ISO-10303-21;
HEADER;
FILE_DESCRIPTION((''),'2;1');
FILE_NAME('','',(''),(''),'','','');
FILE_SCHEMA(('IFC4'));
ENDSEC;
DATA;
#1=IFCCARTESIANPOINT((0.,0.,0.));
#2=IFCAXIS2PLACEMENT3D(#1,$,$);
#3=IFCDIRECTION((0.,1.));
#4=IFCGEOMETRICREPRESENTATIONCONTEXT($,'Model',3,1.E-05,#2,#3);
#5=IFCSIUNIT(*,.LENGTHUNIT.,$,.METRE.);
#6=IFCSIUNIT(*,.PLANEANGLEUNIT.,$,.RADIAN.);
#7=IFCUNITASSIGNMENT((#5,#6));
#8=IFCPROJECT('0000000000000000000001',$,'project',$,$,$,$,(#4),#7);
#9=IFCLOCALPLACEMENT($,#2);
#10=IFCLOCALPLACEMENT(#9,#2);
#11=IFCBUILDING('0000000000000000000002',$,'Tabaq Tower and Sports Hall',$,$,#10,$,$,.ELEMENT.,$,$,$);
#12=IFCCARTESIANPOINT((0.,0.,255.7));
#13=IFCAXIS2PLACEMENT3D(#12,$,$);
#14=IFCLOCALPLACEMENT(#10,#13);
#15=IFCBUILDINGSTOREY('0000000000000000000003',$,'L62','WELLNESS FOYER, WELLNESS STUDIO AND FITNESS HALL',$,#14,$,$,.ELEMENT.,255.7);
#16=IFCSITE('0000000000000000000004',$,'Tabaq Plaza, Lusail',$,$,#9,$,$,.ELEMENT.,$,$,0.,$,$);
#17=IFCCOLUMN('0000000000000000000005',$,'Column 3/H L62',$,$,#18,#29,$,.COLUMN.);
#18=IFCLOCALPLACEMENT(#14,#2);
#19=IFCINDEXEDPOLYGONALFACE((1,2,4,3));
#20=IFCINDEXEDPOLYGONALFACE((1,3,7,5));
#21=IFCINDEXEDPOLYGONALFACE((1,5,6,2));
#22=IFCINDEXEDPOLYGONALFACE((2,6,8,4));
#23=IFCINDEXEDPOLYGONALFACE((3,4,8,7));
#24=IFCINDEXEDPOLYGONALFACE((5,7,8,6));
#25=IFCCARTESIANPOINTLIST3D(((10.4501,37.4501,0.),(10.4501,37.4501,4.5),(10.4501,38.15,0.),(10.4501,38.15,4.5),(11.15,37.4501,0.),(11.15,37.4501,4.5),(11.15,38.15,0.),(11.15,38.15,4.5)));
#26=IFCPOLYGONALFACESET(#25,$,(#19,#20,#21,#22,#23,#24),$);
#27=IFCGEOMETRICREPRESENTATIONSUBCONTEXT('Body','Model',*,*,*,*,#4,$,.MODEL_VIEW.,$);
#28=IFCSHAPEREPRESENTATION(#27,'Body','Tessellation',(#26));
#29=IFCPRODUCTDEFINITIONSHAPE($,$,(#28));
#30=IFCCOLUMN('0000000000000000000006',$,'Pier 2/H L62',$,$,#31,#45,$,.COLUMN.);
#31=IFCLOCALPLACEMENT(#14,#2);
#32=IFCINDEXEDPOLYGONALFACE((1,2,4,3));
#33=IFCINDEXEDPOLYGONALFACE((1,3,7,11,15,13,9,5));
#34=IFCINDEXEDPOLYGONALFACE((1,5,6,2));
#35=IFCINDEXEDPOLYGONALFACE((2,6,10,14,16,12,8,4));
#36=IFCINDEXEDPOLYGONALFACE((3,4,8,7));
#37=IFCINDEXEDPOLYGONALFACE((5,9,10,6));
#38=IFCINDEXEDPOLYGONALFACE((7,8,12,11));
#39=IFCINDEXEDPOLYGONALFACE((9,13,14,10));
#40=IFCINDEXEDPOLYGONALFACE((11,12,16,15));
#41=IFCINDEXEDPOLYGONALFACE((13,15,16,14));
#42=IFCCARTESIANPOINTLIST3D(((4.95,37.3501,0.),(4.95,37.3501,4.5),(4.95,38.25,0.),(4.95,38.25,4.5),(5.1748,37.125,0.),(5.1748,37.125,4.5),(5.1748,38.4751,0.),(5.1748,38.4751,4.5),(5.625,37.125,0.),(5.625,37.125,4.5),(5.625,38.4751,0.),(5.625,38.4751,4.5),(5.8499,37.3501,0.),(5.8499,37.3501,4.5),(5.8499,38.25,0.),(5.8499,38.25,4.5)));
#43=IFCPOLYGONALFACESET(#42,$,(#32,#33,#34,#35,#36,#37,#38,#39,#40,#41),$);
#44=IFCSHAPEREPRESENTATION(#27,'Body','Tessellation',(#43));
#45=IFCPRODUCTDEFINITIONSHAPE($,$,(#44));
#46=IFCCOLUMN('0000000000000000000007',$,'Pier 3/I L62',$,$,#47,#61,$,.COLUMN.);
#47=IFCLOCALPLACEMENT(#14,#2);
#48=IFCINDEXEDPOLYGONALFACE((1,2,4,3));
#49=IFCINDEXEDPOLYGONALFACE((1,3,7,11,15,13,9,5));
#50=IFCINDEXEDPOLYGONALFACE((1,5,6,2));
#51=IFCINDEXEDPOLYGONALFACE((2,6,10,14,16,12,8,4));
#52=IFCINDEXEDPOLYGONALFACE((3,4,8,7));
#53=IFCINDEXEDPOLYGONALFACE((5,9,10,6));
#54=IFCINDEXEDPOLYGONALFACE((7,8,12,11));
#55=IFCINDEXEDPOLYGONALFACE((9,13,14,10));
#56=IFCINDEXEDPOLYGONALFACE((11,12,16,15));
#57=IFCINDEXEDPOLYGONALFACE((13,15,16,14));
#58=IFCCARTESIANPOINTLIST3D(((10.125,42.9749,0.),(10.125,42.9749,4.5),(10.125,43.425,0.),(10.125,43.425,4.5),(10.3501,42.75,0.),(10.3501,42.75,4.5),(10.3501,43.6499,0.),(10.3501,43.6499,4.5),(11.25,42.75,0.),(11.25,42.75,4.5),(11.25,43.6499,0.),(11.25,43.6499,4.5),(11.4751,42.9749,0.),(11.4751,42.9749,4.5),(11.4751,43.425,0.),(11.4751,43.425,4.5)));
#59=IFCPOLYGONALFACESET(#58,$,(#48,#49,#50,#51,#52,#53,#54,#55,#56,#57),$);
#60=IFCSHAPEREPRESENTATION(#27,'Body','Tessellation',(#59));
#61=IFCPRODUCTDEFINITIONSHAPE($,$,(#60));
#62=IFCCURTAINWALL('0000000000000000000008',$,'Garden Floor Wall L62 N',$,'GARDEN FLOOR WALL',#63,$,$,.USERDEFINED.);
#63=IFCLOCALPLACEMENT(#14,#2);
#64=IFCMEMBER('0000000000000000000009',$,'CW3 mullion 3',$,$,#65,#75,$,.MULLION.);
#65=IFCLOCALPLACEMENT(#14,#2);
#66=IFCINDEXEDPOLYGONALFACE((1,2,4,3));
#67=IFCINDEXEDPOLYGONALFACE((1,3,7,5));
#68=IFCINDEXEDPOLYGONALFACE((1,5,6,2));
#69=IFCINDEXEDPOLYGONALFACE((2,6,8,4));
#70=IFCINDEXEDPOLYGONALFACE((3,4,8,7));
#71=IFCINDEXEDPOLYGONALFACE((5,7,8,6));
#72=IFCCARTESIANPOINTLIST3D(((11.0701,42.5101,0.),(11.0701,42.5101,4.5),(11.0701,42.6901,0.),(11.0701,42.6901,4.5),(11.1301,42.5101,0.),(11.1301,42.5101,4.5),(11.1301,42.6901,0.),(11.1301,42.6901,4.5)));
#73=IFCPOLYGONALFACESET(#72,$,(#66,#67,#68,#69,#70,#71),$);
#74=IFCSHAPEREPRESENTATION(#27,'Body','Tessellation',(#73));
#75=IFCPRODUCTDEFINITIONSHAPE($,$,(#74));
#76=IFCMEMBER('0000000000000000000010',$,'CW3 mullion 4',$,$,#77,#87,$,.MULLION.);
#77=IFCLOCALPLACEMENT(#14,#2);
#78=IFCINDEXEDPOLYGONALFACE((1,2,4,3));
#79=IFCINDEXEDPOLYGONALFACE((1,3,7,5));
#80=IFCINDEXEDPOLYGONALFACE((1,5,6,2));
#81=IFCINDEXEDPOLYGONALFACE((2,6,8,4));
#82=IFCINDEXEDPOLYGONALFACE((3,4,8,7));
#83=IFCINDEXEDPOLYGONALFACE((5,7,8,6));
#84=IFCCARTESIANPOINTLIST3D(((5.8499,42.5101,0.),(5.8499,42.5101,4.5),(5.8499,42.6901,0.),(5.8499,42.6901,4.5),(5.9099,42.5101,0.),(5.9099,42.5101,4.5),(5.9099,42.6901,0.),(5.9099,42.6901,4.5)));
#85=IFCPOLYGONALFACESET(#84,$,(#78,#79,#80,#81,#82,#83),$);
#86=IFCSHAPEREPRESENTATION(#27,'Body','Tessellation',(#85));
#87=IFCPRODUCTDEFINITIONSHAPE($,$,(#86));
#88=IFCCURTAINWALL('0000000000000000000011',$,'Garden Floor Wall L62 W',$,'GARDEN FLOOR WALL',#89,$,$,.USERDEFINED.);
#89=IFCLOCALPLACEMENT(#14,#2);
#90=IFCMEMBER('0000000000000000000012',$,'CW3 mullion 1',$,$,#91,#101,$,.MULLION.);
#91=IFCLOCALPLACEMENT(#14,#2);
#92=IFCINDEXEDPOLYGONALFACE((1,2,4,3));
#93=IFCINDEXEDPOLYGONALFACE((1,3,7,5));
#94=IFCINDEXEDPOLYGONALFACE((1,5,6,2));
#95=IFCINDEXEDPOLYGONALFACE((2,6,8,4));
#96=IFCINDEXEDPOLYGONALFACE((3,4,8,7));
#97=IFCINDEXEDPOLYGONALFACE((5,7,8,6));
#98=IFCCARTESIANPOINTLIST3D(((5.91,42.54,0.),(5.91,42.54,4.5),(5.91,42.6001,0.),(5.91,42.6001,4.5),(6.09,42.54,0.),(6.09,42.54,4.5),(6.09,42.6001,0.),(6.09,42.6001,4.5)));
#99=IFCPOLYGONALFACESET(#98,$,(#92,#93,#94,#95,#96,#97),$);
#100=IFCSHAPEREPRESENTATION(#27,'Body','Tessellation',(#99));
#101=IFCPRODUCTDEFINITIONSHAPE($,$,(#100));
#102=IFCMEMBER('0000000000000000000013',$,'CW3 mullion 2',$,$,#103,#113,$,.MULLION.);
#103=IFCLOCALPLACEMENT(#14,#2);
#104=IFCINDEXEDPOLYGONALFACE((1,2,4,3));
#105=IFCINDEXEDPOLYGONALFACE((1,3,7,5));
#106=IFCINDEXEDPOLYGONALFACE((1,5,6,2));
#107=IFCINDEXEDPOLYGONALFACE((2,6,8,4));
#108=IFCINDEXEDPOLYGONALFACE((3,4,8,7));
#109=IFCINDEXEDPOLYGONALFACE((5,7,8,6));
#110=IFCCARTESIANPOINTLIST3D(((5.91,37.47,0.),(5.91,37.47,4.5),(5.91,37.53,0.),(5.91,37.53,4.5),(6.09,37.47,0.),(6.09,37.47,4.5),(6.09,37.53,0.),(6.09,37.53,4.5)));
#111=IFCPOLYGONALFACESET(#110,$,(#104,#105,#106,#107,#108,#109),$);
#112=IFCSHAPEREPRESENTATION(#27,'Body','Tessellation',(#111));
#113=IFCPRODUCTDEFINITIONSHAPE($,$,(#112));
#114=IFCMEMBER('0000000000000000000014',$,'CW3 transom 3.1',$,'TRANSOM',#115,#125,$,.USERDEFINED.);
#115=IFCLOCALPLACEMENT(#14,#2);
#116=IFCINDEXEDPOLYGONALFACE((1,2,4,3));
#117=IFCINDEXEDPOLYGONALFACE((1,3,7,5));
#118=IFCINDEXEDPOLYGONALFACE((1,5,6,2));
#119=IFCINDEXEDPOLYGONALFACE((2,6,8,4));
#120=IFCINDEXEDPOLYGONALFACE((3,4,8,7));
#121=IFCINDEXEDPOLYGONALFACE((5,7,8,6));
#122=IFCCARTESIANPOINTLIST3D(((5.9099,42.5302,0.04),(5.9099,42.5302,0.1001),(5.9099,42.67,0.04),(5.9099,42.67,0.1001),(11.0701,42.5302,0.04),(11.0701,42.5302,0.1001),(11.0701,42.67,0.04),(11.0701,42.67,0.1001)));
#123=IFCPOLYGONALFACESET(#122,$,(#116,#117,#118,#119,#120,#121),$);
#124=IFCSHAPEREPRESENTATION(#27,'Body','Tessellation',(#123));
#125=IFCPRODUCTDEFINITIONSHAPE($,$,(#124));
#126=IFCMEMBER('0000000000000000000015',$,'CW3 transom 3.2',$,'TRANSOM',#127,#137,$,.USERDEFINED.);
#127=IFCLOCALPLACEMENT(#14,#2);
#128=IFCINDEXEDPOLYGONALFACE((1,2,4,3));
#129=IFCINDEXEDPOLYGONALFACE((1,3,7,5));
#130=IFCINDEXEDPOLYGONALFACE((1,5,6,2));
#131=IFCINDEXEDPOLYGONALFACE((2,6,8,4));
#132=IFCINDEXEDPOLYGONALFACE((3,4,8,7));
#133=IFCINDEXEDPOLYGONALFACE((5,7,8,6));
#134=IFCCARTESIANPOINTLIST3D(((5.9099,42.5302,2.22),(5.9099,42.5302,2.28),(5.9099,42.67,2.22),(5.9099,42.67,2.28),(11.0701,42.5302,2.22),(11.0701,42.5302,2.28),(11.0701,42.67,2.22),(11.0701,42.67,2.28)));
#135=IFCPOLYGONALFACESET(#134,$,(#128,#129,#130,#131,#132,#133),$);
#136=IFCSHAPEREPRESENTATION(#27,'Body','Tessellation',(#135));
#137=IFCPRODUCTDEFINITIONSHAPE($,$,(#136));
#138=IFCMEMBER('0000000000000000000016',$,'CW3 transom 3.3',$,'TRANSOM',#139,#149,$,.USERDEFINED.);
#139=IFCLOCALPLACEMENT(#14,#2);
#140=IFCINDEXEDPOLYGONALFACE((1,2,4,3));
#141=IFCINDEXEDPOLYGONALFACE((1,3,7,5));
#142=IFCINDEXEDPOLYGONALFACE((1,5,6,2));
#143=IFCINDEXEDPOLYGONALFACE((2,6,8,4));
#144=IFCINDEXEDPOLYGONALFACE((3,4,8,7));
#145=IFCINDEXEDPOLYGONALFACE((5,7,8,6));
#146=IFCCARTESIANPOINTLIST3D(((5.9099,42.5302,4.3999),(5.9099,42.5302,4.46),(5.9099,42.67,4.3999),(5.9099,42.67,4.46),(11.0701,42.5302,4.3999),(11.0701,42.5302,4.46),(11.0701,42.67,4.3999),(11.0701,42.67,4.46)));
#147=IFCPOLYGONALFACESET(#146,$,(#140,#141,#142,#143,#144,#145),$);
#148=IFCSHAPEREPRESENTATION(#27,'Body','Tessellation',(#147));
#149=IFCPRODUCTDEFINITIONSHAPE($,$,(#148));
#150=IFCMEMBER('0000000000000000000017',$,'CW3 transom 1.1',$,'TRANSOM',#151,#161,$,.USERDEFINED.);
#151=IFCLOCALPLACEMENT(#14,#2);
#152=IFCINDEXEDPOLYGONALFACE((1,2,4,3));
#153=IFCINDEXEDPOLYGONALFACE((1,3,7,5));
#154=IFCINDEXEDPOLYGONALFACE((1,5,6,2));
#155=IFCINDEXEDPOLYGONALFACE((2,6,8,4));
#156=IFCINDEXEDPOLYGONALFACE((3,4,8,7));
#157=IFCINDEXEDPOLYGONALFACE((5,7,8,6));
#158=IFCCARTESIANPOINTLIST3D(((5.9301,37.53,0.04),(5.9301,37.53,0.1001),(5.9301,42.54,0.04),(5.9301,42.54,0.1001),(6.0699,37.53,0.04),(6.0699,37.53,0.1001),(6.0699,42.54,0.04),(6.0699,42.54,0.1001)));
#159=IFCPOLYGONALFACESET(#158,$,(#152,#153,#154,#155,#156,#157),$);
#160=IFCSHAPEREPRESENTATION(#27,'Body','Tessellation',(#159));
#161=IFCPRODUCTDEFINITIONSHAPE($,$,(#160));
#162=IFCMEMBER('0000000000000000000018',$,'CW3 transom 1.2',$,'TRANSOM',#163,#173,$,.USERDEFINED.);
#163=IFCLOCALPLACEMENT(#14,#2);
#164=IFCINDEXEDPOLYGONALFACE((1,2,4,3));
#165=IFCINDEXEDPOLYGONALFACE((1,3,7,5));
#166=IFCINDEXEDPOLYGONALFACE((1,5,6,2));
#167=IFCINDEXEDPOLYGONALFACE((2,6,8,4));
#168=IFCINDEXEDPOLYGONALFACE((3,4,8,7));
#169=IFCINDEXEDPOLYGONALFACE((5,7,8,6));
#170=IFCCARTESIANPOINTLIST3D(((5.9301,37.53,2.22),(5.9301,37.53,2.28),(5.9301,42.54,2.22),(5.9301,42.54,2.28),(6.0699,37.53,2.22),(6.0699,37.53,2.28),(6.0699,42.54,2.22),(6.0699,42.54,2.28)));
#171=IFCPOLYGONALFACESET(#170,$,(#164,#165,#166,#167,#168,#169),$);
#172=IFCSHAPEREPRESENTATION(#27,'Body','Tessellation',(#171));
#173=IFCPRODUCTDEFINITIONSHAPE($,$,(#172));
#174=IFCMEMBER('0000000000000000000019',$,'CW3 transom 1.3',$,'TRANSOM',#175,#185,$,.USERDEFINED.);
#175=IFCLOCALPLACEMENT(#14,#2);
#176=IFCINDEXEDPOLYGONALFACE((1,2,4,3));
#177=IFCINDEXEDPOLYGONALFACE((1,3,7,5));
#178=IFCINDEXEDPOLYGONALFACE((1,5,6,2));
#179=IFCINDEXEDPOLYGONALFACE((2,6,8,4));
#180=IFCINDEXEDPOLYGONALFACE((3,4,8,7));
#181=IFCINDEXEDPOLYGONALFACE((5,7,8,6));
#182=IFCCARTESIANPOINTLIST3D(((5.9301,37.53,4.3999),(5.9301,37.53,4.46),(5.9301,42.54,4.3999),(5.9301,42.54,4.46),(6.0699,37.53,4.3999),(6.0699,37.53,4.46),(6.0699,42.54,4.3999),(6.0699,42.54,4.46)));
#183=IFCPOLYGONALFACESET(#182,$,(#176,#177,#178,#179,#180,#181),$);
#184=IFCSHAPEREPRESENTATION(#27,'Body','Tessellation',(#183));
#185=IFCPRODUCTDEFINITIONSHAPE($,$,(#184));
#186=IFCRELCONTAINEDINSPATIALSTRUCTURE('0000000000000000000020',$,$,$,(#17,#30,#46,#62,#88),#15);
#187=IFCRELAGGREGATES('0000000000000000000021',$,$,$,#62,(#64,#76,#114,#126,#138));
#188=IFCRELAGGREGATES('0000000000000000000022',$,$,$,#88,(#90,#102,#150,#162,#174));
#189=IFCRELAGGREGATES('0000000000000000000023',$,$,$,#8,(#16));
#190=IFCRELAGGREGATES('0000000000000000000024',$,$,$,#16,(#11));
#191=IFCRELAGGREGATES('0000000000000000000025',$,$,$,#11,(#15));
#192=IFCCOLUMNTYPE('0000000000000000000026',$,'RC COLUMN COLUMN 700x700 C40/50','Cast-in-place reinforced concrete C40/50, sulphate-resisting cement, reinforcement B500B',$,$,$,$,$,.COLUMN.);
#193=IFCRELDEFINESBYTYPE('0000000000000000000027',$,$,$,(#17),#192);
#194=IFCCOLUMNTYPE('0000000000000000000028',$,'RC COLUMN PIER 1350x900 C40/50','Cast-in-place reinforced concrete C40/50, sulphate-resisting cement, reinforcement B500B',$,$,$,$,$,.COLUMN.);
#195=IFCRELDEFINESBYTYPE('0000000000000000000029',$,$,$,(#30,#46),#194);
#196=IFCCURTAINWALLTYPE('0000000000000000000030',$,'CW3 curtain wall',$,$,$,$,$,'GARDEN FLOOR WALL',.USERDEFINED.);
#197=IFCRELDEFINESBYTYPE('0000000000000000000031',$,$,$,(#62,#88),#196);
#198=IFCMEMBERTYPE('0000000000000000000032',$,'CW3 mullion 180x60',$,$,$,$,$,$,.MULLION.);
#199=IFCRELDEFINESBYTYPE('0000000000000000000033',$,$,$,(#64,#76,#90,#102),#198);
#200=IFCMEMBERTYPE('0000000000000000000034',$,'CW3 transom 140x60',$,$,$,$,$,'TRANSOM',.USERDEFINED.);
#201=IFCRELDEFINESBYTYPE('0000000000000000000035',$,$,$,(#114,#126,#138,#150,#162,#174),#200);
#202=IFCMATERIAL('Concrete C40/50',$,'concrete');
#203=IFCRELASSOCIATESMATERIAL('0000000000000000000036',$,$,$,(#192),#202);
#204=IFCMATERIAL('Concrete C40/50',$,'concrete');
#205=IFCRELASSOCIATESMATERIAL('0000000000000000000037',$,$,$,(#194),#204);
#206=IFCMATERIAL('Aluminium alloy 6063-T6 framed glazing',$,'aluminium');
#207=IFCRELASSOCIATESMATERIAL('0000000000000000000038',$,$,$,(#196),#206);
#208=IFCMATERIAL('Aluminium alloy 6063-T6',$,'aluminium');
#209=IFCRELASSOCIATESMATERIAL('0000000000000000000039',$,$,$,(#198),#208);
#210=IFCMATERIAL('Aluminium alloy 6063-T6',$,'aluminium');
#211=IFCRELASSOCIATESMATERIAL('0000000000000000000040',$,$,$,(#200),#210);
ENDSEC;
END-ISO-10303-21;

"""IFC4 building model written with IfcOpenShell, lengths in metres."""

from ifc_helpers import new_model, si_unit, direction, frame, origin, origin_2d, place, context, subcontext, project, spatial, polyline, rectangle, outline, extrude, material, material_profile, profile_set, type_object, element, aggregate, save


model = new_model("IFC4")

# Units and contexts
model_context = context("Model", 3, precision=1e-05, world=origin(), true_north=direction((0.0, 1.0)))
body_context = subcontext(model_context, "Body", "Model", "MODEL_VIEW")
ifc_project = project(units=[si_unit("LENGTHUNIT", "METRE"), si_unit("PLANEANGLEUNIT", "RADIAN")], contexts=[model_context])

# Site, building, storey
site_placement = place(None, origin())
site = spatial("IfcSite", under=ifc_project, at=site_placement, Name="Tabaq Plaza, Lusail", CompositionType="ELEMENT", RefElevation=0.0)
building_placement = place(site_placement, origin())
building = spatial("IfcBuilding", under=site, at=building_placement, Name="Tabaq Tower and Sports Hall", CompositionType="ELEMENT")
storey_placement = place(building_placement, frame((0.0, 0.0, 255.7)))
storey = spatial("IfcBuildingStorey", under=building, at=storey_placement, Name="L62", Description="WELLNESS FOYER, WELLNESS STUDIO AND FITNESS HALL", CompositionType="ELEMENT", Elevation=255.7)

# Columns
ifc_material_1 = material(Name="Concrete C40/50", Category="concrete")
ifc_material_profile_1 = material_profile(ifc_material_1, rectangle(XDim=0.7, YDim=0.7, at=origin_2d()), Name="COLUMN 700x700")
ifc_profile_set_1 = profile_set([ifc_material_profile_1], Name="Concrete C40/50")
column_type_1 = type_object("IfcColumnType", Name="RC COLUMN COLUMN 700x700 C40/50", Description="Cast-in-place reinforced concrete C40/50, sulphate-resisting cement, reinforcement B500B", PredefinedType="COLUMN", material=ifc_profile_set_1)
column_placement = place(storey_placement, frame((10.8, 37.8, 0.0), z_axis=(0.0, 0.0, 1.0), x_axis=(1.0, 0.0, 0.0)))
element("IfcColumn", 1, at=column_placement, inside=storey, type_object=column_type_1, Name="Column 3/H L62", PredefinedType="COLUMN", context=body_context, shape_type="SweptSolid", body=[
    extrude(rectangle(XDim=0.7, YDim=0.7, at=origin_2d()), origin(), (0.0, 0.0, 1.0), 4.5),
])
ifc_material_2 = material(Name="Concrete C40/50", Category="concrete")
ifc_material_profile_2 = material_profile(ifc_material_2, outline(polyline([(-0.45, -0.45), (0.45, -0.45), (0.675, -0.2251), (0.675, 0.2251), (0.45, 0.45), (-0.45, 0.45), (-0.675, 0.2251), (-0.675, -0.2251), (-0.45, -0.45)])), Name="PIER 1350x900")
ifc_profile_set_2 = profile_set([ifc_material_profile_2], Name="Concrete C40/50")
column_type_2 = type_object("IfcColumnType", Name="RC COLUMN PIER 1350x900 C40/50", Description="Cast-in-place reinforced concrete C40/50, sulphate-resisting cement, reinforcement B500B", PredefinedType="COLUMN", material=ifc_profile_set_2)
for number, where, z_axis, x_axis, name in (
    (2, (5.3999, 37.8, 0.0), (0.0, 0.0, 1.0), (0.0, 1.0, 0.0), "Pier 2/H L62"),
    (3, (10.8, 43.2, 0.0), (0.0, 0.0, 1.0), (1.0, 0.0, 0.0), "Pier 3/I L62"),
):
    element("IfcColumn", number, at=place(storey_placement, frame(where, z_axis=z_axis, x_axis=x_axis)), inside=storey, type_object=column_type_2, Name=name, PredefinedType="COLUMN", context=body_context, shape_type="SweptSolid", body=[
        extrude(outline(polyline([(-0.45, -0.45), (0.45, -0.45), (0.675, -0.2251), (0.675, 0.2251), (0.45, 0.45), (-0.45, 0.45), (-0.675, 0.2251), (-0.675, -0.2251), (-0.45, -0.45)])), origin(), (0.0, 0.0, 1.0), 4.5),
    ])

# Curtain walls, members
ifc_material_3 = material(Name="Aluminium alloy 6063-T6 framed glazing", Category="aluminium")
curtain_wall_type = type_object("IfcCurtainWallType", Name="CW3 curtain wall", ElementType="GARDEN FLOOR WALL", PredefinedType="USERDEFINED", material=ifc_material_3)
curtain_wall_1_placement = place(storey_placement, origin())
curtain_wall_1 = element("IfcCurtainWall", 4, at=curtain_wall_1_placement, inside=storey, type_object=curtain_wall_type, Name="Garden Floor Wall L62 N", ObjectType="GARDEN FLOOR WALL", PredefinedType="USERDEFINED")
ifc_material_4 = material(Name="Aluminium alloy 6063-T6", Category="aluminium")
ifc_material_profile_3 = material_profile(ifc_material_4, rectangle(XDim=0.1799, YDim=0.0601, at=origin_2d()), Name="MULLION 180x60")
ifc_profile_set_3 = profile_set([ifc_material_profile_3], Name="Aluminium alloy 6063-T6")
member_type_1 = type_object("IfcMemberType", Name="CW3 mullion 180x60", PredefinedType="MULLION", material=ifc_profile_set_3)
member_1_placement = place(storey_placement, frame((11.1001, 42.6001, 0.0), z_axis=(0.0, 0.0, 1.0), x_axis=(0.0, -1.0, 0.0)))
member_1 = element("IfcMember", 5, at=member_1_placement, type_object=member_type_1, Name="CW3 mullion 3", PredefinedType="MULLION", context=body_context, shape_type="SweptSolid", body=[
    extrude(rectangle(XDim=0.1799, YDim=0.0601, at=origin_2d()), origin(), (0.0, 0.0, 1.0), 4.5),
])
member_2_placement = place(storey_placement, frame((5.8799, 42.6001, 0.0), z_axis=(0.0, 0.0, 1.0), x_axis=(0.0, -1.0, 0.0)))
member_2 = element("IfcMember", 6, at=member_2_placement, type_object=member_type_1, Name="CW3 mullion 4", PredefinedType="MULLION", context=body_context, shape_type="SweptSolid", body=[
    extrude(rectangle(XDim=0.1799, YDim=0.0601, at=origin_2d()), origin(), (0.0, 0.0, 1.0), 4.5),
])
curtain_wall_2_placement = place(storey_placement, origin())
curtain_wall_2 = element("IfcCurtainWall", 7, at=curtain_wall_2_placement, inside=storey, type_object=curtain_wall_type, Name="Garden Floor Wall L62 W", ObjectType="GARDEN FLOOR WALL", PredefinedType="USERDEFINED")
member_3_placement = place(storey_placement, frame((6.0, 42.5701, 0.0), z_axis=(0.0, 0.0, 1.0), x_axis=(1.0, 0.0, 0.0)))
member_3 = element("IfcMember", 8, at=member_3_placement, type_object=member_type_1, Name="CW3 mullion 1", PredefinedType="MULLION", context=body_context, shape_type="SweptSolid", body=[
    extrude(rectangle(XDim=0.1799, YDim=0.0601, at=origin_2d()), origin(), (0.0, 0.0, 1.0), 4.5),
])
member_4_placement = place(storey_placement, frame((6.0, 37.5, 0.0), z_axis=(0.0, 0.0, 1.0), x_axis=(1.0, 0.0, 0.0)))
member_4 = element("IfcMember", 9, at=member_4_placement, type_object=member_type_1, Name="CW3 mullion 2", PredefinedType="MULLION", context=body_context, shape_type="SweptSolid", body=[
    extrude(rectangle(XDim=0.1799, YDim=0.0601, at=origin_2d()), origin(), (0.0, 0.0, 1.0), 4.5),
])

# Members
ifc_material_5 = material(Name="Aluminium alloy 6063-T6", Category="aluminium")
ifc_material_profile_4 = material_profile(ifc_material_5, rectangle(XDim=0.1399, YDim=0.0601, at=origin_2d()), Name="TRANSOM 140x60")
ifc_profile_set_4 = profile_set([ifc_material_profile_4], Name="Aluminium alloy 6063-T6")
member_type_2 = type_object("IfcMemberType", Name="CW3 transom 140x60", ElementType="TRANSOM", PredefinedType="USERDEFINED", material=ifc_profile_set_4)
member_5_placement = place(storey_placement, frame((11.0701, 42.6001, 0.0701), z_axis=(-1.0, 0.0, 0.0), x_axis=(0.0, -1.0, 0.0)))
member_5 = element("IfcMember", 10, at=member_5_placement, type_object=member_type_2, Name="CW3 transom 3.1", ObjectType="TRANSOM", PredefinedType="USERDEFINED", context=body_context, shape_type="SweptSolid", body=[
    extrude(rectangle(XDim=0.1399, YDim=0.0601, at=origin_2d()), origin(), (0.0, 0.0, 1.0), 5.1602),
])
member_6_placement = place(storey_placement, frame((11.0701, 42.6001, 2.25), z_axis=(-1.0, 0.0, 0.0), x_axis=(0.0, -1.0, 0.0)))
member_6 = element("IfcMember", 11, at=member_6_placement, type_object=member_type_2, Name="CW3 transom 3.2", ObjectType="TRANSOM", PredefinedType="USERDEFINED", context=body_context, shape_type="SweptSolid", body=[
    extrude(rectangle(XDim=0.1399, YDim=0.0601, at=origin_2d()), origin(), (0.0, 0.0, 1.0), 5.1602),
])
member_7_placement = place(storey_placement, frame((11.0701, 42.6001, 4.4299), z_axis=(-1.0, 0.0, 0.0), x_axis=(0.0, -1.0, 0.0)))
member_7 = element("IfcMember", 12, at=member_7_placement, type_object=member_type_2, Name="CW3 transom 3.3", ObjectType="TRANSOM", PredefinedType="USERDEFINED", context=body_context, shape_type="SweptSolid", body=[
    extrude(rectangle(XDim=0.1399, YDim=0.0601, at=origin_2d()), origin(), (0.0, 0.0, 1.0), 5.1602),
])
member_8_placement = place(storey_placement, frame((6.0, 42.54, 0.0701), z_axis=(0.0, -1.0, 0.0), x_axis=(1.0, 0.0, 0.0)))
member_8 = element("IfcMember", 13, at=member_8_placement, type_object=member_type_2, Name="CW3 transom 1.1", ObjectType="TRANSOM", PredefinedType="USERDEFINED", context=body_context, shape_type="SweptSolid", body=[
    extrude(rectangle(XDim=0.1399, YDim=0.0601, at=origin_2d()), origin(), (0.0, 0.0, 1.0), 5.01),
])
member_9_placement = place(storey_placement, frame((6.0, 42.54, 2.25), z_axis=(0.0, -1.0, 0.0), x_axis=(1.0, 0.0, 0.0)))
member_9 = element("IfcMember", 14, at=member_9_placement, type_object=member_type_2, Name="CW3 transom 1.2", ObjectType="TRANSOM", PredefinedType="USERDEFINED", context=body_context, shape_type="SweptSolid", body=[
    extrude(rectangle(XDim=0.1399, YDim=0.0601, at=origin_2d()), origin(), (0.0, 0.0, 1.0), 5.01),
])
member_10_placement = place(storey_placement, frame((6.0, 42.54, 4.4299), z_axis=(0.0, -1.0, 0.0), x_axis=(1.0, 0.0, 0.0)))
member_10 = element("IfcMember", 15, at=member_10_placement, type_object=member_type_2, Name="CW3 transom 1.3", ObjectType="TRANSOM", PredefinedType="USERDEFINED", context=body_context, shape_type="SweptSolid", body=[
    extrude(rectangle(XDim=0.1399, YDim=0.0601, at=origin_2d()), origin(), (0.0, 0.0, 1.0), 5.01),
])

aggregate(curtain_wall_1, [member_1, member_2, member_5, member_6, member_7])
aggregate(curtain_wall_2, [member_3, member_4, member_8, member_9, member_10])

save(model, "model.ifc")
